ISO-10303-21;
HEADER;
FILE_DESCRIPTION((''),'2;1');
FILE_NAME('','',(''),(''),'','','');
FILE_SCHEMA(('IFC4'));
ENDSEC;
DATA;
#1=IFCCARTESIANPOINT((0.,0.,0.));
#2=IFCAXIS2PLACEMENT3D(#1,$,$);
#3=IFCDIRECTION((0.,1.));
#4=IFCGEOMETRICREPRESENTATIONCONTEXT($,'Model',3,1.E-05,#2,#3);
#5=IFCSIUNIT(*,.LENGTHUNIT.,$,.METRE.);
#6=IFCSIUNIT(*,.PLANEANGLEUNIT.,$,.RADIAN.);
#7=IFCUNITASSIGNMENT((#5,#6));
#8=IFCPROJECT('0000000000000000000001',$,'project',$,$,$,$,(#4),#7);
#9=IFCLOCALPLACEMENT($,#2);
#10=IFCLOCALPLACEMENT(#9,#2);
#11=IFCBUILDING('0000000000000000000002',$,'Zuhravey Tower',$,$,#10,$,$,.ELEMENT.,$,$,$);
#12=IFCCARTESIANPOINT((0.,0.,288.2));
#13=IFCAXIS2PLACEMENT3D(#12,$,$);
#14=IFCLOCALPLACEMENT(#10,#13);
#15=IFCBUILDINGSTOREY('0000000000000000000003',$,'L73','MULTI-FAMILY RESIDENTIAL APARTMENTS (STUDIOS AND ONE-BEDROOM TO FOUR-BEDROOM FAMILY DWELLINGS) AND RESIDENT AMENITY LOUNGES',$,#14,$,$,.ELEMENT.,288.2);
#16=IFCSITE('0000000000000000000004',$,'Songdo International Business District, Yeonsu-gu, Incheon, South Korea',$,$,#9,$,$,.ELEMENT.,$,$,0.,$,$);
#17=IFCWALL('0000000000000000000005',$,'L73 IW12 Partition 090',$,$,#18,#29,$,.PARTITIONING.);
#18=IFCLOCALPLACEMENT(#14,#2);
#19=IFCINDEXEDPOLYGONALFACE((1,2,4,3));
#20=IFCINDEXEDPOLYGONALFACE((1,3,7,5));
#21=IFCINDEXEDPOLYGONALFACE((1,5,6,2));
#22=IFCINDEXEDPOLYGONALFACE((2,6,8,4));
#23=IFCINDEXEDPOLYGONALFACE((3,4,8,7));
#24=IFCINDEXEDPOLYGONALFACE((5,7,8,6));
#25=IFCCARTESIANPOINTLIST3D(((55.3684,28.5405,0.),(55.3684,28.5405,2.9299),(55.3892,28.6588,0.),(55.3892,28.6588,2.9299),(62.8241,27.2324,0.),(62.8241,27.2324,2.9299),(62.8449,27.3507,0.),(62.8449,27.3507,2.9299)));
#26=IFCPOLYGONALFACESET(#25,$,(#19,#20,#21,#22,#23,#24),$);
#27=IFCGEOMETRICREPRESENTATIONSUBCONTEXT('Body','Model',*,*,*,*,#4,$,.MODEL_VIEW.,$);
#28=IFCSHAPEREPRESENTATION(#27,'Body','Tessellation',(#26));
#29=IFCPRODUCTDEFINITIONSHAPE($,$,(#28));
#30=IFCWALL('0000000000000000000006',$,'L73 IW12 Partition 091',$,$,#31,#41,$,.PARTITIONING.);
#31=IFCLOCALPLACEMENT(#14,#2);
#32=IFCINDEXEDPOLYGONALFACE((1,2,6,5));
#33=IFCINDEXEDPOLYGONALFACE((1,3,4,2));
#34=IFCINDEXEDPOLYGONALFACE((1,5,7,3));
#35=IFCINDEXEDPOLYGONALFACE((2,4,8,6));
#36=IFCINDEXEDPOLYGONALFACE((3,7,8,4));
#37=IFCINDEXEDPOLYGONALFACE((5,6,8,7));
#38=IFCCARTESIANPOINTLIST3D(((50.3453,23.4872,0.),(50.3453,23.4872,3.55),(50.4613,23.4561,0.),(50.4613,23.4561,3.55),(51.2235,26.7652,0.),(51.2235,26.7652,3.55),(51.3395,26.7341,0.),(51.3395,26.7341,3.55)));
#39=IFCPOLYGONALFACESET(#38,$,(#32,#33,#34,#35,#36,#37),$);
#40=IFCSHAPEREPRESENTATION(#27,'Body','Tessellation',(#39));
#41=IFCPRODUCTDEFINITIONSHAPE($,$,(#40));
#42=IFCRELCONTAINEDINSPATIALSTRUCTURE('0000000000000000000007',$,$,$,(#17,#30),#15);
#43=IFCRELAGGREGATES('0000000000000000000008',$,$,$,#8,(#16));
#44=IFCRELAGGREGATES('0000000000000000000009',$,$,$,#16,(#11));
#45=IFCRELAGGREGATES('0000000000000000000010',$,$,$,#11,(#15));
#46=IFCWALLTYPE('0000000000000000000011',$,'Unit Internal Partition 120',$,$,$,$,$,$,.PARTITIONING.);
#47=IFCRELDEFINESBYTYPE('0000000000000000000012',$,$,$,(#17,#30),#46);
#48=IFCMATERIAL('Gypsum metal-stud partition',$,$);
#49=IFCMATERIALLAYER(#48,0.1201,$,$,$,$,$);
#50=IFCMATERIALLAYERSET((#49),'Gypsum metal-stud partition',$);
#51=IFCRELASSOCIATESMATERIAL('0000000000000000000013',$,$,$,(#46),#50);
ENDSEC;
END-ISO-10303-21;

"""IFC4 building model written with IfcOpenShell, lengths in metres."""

from ifc_helpers import new_model, si_unit, direction, frame, frame_2d, origin, place, context, subcontext, project, spatial, rectangle, extrude, material, layer, layer_set, type_object, element, save


model = new_model("IFC4")

# Units and contexts
model_context = context("Model", 3, precision=1e-05, world=origin(), true_north=direction((0.0, 1.0)))
body_context = subcontext(model_context, "Body", "Model", "MODEL_VIEW")
ifc_project = project(units=[si_unit("LENGTHUNIT", "METRE"), si_unit("PLANEANGLEUNIT", "RADIAN")], contexts=[model_context])

# Site, building, storey
site_placement = place(None, origin())
site = spatial("IfcSite", under=ifc_project, at=site_placement, Name="Songdo International Business District, Yeonsu-gu, Incheon, South Korea", CompositionType="ELEMENT", RefElevation=0.0)
building_placement = place(site_placement, origin())
building = spatial("IfcBuilding", under=site, at=building_placement, Name="Zuhravey Tower", CompositionType="ELEMENT")
storey_placement = place(building_placement, frame((0.0, 0.0, 288.2)))
storey = spatial("IfcBuildingStorey", under=building, at=storey_placement, Name="L73", Description="MULTI-FAMILY RESIDENTIAL APARTMENTS (STUDIOS AND ONE-BEDROOM TO FOUR-BEDROOM FAMILY DWELLINGS) AND RESIDENT AMENITY LOUNGES", CompositionType="ELEMENT", Elevation=288.2)

# Shared definitions
ifc_material_1 = material(Name="Gypsum metal-stud partition")
ifc_layer_1 = layer(ifc_material_1, 0.1201)
ifc_layer_set_1 = layer_set([ifc_layer_1], Name="Gypsum metal-stud partition")
wall_type_1 = type_object("IfcWallType", Name="Unit Internal Partition 120", PredefinedType="PARTITIONING", material=ifc_layer_set_1)

# Walls
wall_1_placement = place(storey_placement, frame((55.3789, 28.5996, 0.0), z_axis=(0.0, 0.0, 1.0), x_axis=(0.984955, -0.172808, 0.0)))
element("IfcWall", 1, at=wall_1_placement, inside=storey, type_object=wall_type_1, Name="L73 IW12 Partition 090", PredefinedType="PARTITIONING", context=body_context, shape_type="SweptSolid", body=[
    extrude(rectangle(XDim=7.5696, YDim=0.1201, at=frame_2d((3.7847, 0.0))), origin(), (0.0, 0.0, 1.0), 2.9299),
])
wall_2_placement = place(storey_placement, frame((50.4033, 23.4717, 0.0), z_axis=(0.0, 0.0, 1.0), x_axis=(0.258768, 0.965939, 0.0)))
element("IfcWall", 2, at=wall_2_placement, inside=storey, type_object=wall_type_1, Name="L73 IW12 Partition 091", PredefinedType="PARTITIONING", context=body_context, shape_type="SweptSolid", body=[
    extrude(rectangle(XDim=3.3936, YDim=0.1201, at=frame_2d((1.6968, 0.0))), origin(), (0.0, 0.0, 1.0), 3.55),
])

save(model, "model.ifc")
